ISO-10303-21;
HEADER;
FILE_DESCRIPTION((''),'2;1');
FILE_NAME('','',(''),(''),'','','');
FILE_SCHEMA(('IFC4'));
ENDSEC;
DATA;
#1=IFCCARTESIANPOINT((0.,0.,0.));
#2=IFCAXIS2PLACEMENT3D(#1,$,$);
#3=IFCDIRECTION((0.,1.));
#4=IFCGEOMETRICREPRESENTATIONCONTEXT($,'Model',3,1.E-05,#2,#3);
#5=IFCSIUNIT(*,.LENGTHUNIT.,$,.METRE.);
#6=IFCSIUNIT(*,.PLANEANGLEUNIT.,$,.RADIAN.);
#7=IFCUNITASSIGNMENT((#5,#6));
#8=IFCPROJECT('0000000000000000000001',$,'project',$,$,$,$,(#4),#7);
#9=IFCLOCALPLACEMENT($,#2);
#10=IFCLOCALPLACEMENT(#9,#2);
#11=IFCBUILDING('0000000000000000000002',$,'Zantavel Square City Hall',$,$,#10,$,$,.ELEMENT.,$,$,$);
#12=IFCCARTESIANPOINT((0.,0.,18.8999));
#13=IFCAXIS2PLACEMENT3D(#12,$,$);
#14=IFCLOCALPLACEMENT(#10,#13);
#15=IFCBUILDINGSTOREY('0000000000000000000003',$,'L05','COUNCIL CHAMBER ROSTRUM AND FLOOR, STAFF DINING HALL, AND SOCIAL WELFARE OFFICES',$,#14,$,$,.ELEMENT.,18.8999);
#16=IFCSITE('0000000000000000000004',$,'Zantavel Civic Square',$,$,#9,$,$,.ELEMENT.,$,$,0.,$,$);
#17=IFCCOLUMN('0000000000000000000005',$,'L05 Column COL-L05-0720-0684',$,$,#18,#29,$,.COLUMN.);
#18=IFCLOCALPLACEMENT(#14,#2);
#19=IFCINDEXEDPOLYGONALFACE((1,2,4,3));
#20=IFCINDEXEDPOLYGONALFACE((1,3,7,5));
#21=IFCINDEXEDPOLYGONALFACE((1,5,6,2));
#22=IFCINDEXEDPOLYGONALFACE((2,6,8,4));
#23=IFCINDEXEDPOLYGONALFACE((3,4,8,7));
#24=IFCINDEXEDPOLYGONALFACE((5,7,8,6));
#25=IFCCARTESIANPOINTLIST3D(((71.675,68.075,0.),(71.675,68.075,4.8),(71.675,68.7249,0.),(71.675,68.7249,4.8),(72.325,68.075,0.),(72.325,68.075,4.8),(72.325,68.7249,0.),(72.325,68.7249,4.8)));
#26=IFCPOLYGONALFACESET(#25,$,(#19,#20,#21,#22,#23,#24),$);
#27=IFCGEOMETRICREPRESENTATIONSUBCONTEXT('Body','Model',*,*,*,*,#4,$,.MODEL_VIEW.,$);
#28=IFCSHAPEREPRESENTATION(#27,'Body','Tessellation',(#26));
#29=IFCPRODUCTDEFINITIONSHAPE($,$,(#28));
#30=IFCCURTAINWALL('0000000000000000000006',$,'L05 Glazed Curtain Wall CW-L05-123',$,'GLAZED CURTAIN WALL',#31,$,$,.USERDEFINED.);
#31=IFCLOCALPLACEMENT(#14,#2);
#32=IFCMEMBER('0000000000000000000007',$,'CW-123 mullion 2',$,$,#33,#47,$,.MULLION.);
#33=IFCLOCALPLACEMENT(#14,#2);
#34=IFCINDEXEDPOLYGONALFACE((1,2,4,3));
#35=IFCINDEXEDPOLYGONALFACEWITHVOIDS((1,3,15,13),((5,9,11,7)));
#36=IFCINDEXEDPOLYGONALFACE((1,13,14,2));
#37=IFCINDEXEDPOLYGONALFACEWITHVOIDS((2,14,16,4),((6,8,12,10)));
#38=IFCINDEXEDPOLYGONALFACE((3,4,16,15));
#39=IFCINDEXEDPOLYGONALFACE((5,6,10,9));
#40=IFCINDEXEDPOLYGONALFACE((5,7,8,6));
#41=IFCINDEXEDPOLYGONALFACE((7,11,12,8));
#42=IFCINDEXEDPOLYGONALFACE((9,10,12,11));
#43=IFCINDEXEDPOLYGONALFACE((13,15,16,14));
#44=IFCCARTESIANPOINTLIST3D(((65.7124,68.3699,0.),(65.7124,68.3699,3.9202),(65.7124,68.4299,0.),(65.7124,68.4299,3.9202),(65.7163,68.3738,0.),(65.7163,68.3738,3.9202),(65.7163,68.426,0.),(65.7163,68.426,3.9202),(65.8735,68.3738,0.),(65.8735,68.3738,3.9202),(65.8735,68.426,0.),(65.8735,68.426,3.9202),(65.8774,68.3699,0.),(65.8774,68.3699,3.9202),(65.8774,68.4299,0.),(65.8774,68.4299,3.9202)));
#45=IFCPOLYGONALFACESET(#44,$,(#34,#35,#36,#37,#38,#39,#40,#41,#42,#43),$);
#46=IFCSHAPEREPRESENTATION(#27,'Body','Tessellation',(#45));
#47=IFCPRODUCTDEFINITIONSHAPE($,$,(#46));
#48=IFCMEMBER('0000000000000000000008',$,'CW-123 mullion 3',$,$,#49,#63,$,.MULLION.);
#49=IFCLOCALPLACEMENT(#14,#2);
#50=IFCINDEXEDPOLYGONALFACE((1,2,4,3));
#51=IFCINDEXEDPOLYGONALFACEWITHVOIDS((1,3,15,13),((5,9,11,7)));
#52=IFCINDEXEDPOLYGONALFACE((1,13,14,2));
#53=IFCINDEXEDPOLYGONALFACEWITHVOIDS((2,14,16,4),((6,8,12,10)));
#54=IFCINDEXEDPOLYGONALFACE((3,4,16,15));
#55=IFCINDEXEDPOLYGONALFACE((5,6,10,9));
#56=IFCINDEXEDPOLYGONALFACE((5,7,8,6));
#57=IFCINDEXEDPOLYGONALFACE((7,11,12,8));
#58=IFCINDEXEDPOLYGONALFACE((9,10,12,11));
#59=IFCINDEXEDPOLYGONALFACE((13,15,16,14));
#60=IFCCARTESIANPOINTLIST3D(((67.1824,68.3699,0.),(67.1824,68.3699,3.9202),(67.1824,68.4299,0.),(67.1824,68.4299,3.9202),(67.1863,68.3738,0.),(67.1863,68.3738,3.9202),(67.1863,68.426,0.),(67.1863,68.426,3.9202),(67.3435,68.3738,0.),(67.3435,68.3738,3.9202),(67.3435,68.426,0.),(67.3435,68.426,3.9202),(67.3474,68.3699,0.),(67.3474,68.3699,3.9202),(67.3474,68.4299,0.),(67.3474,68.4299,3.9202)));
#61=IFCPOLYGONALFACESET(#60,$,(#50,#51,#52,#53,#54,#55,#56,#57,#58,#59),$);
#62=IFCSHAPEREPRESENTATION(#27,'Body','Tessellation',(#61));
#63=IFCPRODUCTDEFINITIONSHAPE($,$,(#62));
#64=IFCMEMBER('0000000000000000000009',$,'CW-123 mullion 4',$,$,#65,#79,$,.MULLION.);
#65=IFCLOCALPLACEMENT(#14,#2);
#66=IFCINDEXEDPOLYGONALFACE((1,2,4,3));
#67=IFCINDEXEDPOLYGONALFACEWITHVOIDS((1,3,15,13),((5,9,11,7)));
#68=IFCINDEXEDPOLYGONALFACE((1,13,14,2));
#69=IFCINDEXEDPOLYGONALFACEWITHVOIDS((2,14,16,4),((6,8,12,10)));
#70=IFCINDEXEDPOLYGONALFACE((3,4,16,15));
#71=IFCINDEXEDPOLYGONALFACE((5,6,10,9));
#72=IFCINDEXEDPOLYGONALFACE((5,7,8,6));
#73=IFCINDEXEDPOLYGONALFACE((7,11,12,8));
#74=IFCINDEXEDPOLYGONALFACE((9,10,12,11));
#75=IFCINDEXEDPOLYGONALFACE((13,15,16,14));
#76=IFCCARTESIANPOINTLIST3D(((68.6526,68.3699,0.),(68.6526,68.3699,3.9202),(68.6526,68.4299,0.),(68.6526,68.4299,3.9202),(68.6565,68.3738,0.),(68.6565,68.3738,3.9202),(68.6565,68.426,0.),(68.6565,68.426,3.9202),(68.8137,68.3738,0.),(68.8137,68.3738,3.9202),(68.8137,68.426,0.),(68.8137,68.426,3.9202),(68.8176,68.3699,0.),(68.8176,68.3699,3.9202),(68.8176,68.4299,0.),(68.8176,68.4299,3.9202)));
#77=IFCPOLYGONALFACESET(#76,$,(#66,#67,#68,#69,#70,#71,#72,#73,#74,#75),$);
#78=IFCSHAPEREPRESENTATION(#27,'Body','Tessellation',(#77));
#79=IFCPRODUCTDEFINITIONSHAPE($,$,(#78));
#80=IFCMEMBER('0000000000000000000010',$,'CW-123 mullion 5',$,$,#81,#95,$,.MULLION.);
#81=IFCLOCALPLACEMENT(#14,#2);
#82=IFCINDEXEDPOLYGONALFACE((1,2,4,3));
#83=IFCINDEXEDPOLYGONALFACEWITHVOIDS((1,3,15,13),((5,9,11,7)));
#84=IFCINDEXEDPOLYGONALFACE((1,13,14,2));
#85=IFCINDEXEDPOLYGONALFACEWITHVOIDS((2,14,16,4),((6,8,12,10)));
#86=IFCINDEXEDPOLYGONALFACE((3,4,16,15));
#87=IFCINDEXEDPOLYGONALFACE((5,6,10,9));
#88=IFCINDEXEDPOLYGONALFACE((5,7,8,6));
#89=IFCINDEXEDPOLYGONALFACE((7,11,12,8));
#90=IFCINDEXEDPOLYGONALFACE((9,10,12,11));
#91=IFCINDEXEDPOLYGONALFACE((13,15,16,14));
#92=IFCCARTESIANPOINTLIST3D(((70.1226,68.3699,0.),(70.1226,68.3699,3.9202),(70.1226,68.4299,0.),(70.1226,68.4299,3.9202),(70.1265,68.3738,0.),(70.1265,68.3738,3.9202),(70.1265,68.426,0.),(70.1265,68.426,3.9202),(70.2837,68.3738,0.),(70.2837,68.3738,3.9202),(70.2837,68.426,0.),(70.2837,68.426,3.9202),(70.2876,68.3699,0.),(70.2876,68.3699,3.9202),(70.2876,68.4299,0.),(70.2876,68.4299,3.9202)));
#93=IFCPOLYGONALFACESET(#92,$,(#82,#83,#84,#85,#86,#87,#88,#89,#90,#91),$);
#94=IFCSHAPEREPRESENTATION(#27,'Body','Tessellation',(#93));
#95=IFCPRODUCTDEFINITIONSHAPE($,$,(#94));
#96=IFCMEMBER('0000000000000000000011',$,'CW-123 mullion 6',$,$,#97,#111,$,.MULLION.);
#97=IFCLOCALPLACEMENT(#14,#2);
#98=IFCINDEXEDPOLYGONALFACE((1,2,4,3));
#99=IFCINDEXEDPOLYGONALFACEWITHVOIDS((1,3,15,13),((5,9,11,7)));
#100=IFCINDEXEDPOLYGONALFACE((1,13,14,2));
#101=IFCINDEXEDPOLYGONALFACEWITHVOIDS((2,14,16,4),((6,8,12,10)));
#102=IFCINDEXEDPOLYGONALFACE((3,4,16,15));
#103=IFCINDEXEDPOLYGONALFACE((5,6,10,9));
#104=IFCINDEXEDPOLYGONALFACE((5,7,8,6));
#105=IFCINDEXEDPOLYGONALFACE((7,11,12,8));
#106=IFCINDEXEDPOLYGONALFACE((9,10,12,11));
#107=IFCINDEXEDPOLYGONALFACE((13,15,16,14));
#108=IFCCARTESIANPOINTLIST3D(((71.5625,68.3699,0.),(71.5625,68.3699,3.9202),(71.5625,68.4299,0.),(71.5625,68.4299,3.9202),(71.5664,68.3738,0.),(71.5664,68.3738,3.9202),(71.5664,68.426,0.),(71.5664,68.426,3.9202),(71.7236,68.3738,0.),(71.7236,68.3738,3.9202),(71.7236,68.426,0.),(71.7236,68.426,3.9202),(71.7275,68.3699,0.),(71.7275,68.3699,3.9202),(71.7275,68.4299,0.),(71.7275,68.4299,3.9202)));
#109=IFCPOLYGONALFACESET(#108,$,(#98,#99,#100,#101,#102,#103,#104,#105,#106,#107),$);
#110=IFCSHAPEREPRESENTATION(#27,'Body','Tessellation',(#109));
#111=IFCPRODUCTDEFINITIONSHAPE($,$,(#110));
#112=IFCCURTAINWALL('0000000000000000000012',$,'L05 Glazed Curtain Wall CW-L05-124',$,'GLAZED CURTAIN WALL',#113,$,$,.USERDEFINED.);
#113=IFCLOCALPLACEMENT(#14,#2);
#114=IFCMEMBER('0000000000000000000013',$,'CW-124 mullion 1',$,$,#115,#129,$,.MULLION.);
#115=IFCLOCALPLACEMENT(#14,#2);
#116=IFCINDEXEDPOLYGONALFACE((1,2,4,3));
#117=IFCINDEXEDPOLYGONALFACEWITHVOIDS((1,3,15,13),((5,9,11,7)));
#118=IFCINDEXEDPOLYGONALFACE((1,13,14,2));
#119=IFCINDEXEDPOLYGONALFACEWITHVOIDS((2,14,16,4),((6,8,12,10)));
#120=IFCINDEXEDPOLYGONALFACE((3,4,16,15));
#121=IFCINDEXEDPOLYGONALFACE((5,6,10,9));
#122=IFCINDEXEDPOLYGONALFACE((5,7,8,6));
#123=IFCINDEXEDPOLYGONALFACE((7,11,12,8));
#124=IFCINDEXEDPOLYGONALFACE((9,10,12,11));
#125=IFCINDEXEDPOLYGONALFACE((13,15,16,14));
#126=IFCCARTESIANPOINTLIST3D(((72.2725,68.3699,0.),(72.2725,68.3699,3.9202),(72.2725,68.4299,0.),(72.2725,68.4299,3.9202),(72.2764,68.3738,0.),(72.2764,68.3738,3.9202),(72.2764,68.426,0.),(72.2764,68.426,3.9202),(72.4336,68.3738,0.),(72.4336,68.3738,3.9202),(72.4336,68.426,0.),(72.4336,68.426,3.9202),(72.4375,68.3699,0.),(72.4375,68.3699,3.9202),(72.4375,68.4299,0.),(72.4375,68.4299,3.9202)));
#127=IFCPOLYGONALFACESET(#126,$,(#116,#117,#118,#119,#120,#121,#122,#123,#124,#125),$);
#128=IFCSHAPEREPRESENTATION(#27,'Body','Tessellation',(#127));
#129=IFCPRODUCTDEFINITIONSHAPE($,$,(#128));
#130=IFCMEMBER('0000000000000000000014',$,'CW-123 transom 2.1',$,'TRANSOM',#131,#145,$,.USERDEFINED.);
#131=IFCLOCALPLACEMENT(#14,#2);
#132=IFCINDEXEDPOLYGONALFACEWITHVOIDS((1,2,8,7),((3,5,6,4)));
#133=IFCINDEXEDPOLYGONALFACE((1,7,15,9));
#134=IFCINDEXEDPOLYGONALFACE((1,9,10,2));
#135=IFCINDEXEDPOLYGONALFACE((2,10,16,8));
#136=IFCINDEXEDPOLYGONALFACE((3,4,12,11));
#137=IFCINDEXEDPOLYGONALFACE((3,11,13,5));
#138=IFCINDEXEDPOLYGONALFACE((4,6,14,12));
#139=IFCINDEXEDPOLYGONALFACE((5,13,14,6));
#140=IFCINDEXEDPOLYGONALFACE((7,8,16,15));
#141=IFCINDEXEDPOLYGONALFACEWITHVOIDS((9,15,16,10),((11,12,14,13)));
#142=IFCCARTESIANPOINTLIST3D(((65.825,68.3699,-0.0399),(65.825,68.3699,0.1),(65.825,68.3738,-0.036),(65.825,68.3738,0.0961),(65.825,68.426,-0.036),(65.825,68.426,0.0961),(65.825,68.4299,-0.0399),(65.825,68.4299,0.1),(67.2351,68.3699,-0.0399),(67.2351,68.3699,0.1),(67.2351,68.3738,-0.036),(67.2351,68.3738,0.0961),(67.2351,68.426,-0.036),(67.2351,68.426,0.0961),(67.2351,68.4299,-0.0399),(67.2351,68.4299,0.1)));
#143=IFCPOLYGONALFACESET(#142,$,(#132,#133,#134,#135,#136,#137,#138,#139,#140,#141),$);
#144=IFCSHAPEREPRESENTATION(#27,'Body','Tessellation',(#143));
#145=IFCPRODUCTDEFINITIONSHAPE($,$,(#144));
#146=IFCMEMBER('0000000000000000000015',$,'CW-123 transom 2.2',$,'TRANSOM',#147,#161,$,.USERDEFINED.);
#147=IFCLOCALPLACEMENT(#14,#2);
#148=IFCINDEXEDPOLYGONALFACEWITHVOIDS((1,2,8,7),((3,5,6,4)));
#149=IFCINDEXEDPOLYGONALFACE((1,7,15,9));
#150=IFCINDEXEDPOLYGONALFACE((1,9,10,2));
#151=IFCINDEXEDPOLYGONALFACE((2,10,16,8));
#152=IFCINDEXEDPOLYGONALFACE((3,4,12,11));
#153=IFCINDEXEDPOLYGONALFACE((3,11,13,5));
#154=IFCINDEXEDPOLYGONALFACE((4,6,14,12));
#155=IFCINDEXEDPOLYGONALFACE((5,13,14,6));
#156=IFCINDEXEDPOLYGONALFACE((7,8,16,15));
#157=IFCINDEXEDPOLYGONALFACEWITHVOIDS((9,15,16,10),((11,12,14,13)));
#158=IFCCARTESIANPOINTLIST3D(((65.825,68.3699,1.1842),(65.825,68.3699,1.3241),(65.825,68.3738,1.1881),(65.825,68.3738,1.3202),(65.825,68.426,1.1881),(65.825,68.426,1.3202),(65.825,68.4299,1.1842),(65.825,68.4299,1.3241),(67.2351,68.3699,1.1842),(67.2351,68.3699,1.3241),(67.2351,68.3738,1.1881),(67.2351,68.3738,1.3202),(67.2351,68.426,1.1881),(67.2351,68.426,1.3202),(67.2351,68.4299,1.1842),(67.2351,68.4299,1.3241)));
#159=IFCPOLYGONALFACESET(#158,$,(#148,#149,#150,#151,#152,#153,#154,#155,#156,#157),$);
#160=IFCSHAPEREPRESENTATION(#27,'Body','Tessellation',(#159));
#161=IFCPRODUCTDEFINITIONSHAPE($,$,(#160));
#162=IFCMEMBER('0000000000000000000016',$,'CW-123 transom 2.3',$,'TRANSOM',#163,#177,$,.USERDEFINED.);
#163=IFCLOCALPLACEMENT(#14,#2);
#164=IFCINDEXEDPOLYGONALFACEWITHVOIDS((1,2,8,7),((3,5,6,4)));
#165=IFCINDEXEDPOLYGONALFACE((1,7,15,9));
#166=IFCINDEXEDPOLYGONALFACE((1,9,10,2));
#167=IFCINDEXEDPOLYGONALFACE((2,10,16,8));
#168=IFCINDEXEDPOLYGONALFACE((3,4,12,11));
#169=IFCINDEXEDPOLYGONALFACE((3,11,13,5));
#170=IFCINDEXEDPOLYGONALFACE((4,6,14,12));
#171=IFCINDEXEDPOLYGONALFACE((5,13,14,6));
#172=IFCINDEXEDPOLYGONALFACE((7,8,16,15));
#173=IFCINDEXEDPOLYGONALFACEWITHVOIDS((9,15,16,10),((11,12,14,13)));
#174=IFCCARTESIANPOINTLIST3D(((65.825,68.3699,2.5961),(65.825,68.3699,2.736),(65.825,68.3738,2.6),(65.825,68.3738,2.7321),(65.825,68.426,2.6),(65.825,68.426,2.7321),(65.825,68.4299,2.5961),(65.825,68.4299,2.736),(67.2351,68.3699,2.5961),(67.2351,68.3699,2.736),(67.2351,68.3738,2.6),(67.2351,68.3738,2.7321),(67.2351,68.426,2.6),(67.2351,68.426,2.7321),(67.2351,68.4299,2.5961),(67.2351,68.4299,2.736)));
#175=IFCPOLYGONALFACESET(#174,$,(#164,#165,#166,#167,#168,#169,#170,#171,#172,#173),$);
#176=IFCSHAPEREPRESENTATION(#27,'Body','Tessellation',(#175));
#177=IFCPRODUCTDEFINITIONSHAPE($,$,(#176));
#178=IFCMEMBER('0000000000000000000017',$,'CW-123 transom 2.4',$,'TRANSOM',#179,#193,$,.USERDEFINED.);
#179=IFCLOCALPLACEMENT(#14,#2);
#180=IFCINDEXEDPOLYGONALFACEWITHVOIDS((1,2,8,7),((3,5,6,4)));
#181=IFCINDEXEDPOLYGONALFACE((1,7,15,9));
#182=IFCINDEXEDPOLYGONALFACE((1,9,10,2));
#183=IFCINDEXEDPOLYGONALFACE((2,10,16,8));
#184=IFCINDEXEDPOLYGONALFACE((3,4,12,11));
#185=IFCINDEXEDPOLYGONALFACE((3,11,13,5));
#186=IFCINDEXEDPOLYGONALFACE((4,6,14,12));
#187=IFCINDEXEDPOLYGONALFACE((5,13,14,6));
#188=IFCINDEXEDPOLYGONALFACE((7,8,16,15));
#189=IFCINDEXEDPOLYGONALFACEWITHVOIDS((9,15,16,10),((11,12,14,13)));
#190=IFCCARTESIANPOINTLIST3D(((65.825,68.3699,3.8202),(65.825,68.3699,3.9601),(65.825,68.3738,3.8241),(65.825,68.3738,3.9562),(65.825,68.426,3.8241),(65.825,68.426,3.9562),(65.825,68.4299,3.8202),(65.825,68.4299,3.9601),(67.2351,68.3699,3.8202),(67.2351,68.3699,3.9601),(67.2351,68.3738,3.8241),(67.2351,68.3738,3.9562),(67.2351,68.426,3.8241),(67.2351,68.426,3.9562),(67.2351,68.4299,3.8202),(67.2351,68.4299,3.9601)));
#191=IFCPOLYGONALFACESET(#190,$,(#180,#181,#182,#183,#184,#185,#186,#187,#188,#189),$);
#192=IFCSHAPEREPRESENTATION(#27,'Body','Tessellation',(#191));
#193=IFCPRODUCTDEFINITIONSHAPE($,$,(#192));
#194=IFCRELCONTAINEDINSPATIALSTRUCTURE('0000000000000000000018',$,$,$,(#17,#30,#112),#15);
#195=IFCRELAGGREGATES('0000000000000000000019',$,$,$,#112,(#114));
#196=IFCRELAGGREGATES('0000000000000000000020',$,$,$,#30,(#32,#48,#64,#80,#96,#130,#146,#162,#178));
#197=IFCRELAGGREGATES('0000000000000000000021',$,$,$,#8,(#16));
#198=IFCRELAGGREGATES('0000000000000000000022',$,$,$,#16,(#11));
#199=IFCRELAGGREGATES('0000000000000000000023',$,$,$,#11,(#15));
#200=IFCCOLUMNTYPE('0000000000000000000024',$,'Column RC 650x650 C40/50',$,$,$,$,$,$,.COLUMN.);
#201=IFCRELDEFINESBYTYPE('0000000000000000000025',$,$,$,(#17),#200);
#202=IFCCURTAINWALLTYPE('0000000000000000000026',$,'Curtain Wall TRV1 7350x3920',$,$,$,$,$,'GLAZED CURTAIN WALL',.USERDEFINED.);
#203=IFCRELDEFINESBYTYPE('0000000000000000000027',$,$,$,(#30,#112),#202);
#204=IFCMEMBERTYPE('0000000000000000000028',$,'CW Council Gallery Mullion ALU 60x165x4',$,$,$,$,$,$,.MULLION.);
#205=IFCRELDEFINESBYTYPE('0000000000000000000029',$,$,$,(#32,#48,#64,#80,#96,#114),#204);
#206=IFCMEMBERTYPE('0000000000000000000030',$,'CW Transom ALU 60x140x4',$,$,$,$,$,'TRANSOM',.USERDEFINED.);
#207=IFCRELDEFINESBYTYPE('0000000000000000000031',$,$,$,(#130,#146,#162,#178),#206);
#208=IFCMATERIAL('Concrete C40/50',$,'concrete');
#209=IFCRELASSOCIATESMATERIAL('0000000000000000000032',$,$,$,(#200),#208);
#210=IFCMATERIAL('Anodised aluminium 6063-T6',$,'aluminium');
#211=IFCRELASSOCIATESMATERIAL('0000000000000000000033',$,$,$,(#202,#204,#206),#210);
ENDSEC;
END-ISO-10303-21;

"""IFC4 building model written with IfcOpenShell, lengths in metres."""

from ifc_helpers import new_model, si_unit, direction, frame, origin, origin_2d, place, context, subcontext, project, spatial, rectangle, hollow_rectangle, extrude, material, material_profile, profile_set, type_object, element, aggregate, save


model = new_model("IFC4")

# Units and contexts
model_context = context("Model", 3, precision=1e-05, world=origin(), true_north=direction((0.0, 1.0)))
body_context = subcontext(model_context, "Body", "Model", "MODEL_VIEW")
ifc_project = project(units=[si_unit("LENGTHUNIT", "METRE"), si_unit("PLANEANGLEUNIT", "RADIAN")], contexts=[model_context])

# Site, building, storey
site_placement = place(None, origin())
site = spatial("IfcSite", under=ifc_project, at=site_placement, Name="Zantavel Civic Square", CompositionType="ELEMENT", RefElevation=0.0)
building_placement = place(site_placement, origin())
building = spatial("IfcBuilding", under=site, at=building_placement, Name="Zantavel Square City Hall", CompositionType="ELEMENT")
storey_placement = place(building_placement, frame((0.0, 0.0, 18.8999)))
storey = spatial("IfcBuildingStorey", under=building, at=storey_placement, Name="L05", Description="COUNCIL CHAMBER ROSTRUM AND FLOOR, STAFF DINING HALL, AND SOCIAL WELFARE OFFICES", CompositionType="ELEMENT", Elevation=18.8999)

# Column
ifc_material_1 = material(Name="Concrete C40/50", Category="concrete")
ifc_material_profile_1 = material_profile(ifc_material_1, rectangle(XDim=0.6499, YDim=0.6499, at=origin_2d()), Name="RC 650x650")
ifc_profile_set_1 = profile_set([ifc_material_profile_1], Name="Concrete C40/50")
column_type = type_object("IfcColumnType", Name="Column RC 650x650 C40/50", PredefinedType="COLUMN", material=ifc_profile_set_1)
column_placement = place(storey_placement, frame((72.0, 68.3999, 0.0), z_axis=(0.0, 0.0, 1.0), x_axis=(1.0, 0.0, 0.0)))
element("IfcColumn", 1, at=column_placement, inside=storey, type_object=column_type, Name="L05 Column COL-L05-0720-0684", PredefinedType="COLUMN", context=body_context, shape_type="SweptSolid", body=[
    extrude(rectangle(XDim=0.6499, YDim=0.6499, at=origin_2d()), origin(), (0.0, 0.0, 1.0), 4.8),
])

# Curtain wall, members
ifc_material_2 = material(Name="Anodised aluminium 6063-T6", Category="aluminium")
curtain_wall_type = type_object("IfcCurtainWallType", Name="Curtain Wall TRV1 7350x3920", ElementType="GLAZED CURTAIN WALL", PredefinedType="USERDEFINED", material=ifc_material_2)
curtain_wall_1_placement = place(storey_placement, origin())
curtain_wall_1 = element("IfcCurtainWall", 2, at=curtain_wall_1_placement, inside=storey, type_object=curtain_wall_type, Name="L05 Glazed Curtain Wall CW-L05-123", ObjectType="GLAZED CURTAIN WALL", PredefinedType="USERDEFINED")
ifc_material_profile_2 = material_profile(ifc_material_2, hollow_rectangle(XDim=0.0601, YDim=0.165, WallThickness=0.0039, at=origin_2d()), Name="ALU 60x165x4")
ifc_profile_set_2 = profile_set([ifc_material_profile_2], Name="Anodised aluminium 6063-T6")
member_type_1 = type_object("IfcMemberType", Name="CW Council Gallery Mullion ALU 60x165x4", PredefinedType="MULLION", material=ifc_profile_set_2)
member_1_placement = place(storey_placement, frame((65.7949, 68.3999, 0.0), z_axis=(0.0, 0.0, 1.0), x_axis=(0.0, 1.0, 0.0)))
member_1 = element("IfcMember", 3, at=member_1_placement, type_object=member_type_1, Name="CW-123 mullion 2", PredefinedType="MULLION", context=body_context, shape_type="SweptSolid", body=[
    extrude(hollow_rectangle(XDim=0.0601, YDim=0.165, WallThickness=0.0039, at=origin_2d()), origin(), (0.0, 0.0, 1.0), 3.9202),
])
member_2_placement = place(storey_placement, frame((67.2649, 68.3999, 0.0), z_axis=(0.0, 0.0, 1.0), x_axis=(0.0, 1.0, 0.0)))
member_2 = element("IfcMember", 4, at=member_2_placement, type_object=member_type_1, Name="CW-123 mullion 3", PredefinedType="MULLION", context=body_context, shape_type="SweptSolid", body=[
    extrude(hollow_rectangle(XDim=0.0601, YDim=0.165, WallThickness=0.0039, at=origin_2d()), origin(), (0.0, 0.0, 1.0), 3.9202),
])
member_3_placement = place(storey_placement, frame((68.7351, 68.3999, 0.0), z_axis=(0.0, 0.0, 1.0), x_axis=(0.0, 1.0, 0.0)))
member_3 = element("IfcMember", 5, at=member_3_placement, type_object=member_type_1, Name="CW-123 mullion 4", PredefinedType="MULLION", context=body_context, shape_type="SweptSolid", body=[
    extrude(hollow_rectangle(XDim=0.0601, YDim=0.165, WallThickness=0.0039, at=origin_2d()), origin(), (0.0, 0.0, 1.0), 3.9202),
])
member_4_placement = place(storey_placement, frame((70.2051, 68.3999, 0.0), z_axis=(0.0, 0.0, 1.0), x_axis=(0.0, 1.0, 0.0)))
member_4 = element("IfcMember", 6, at=member_4_placement, type_object=member_type_1, Name="CW-123 mullion 5", PredefinedType="MULLION", context=body_context, shape_type="SweptSolid", body=[
    extrude(hollow_rectangle(XDim=0.0601, YDim=0.165, WallThickness=0.0039, at=origin_2d()), origin(), (0.0, 0.0, 1.0), 3.9202),
])
member_5_placement = place(storey_placement, frame((71.645, 68.3999, 0.0), z_axis=(0.0, 0.0, 1.0), x_axis=(0.0, 1.0, 0.0)))
member_5 = element("IfcMember", 7, at=member_5_placement, type_object=member_type_1, Name="CW-123 mullion 6", PredefinedType="MULLION", context=body_context, shape_type="SweptSolid", body=[
    extrude(hollow_rectangle(XDim=0.0601, YDim=0.165, WallThickness=0.0039, at=origin_2d()), origin(), (0.0, 0.0, 1.0), 3.9202),
])

# Curtain wall, member
curtain_wall_2_placement = place(storey_placement, origin())
curtain_wall_2 = element("IfcCurtainWall", 8, at=curtain_wall_2_placement, inside=storey, type_object=curtain_wall_type, Name="L05 Glazed Curtain Wall CW-L05-124", ObjectType="GLAZED CURTAIN WALL", PredefinedType="USERDEFINED")
member_6_placement = place(storey_placement, frame((72.355, 68.3999, 0.0), z_axis=(0.0, 0.0, 1.0), x_axis=(0.0, 1.0, 0.0)))
member_6 = element("IfcMember", 9, at=member_6_placement, type_object=member_type_1, Name="CW-124 mullion 1", PredefinedType="MULLION", context=body_context, shape_type="SweptSolid", body=[
    extrude(hollow_rectangle(XDim=0.0601, YDim=0.165, WallThickness=0.0039, at=origin_2d()), origin(), (0.0, 0.0, 1.0), 3.9202),
])
aggregate(curtain_wall_2, [member_6])

# Members
ifc_material_profile_3 = material_profile(ifc_material_2, hollow_rectangle(XDim=0.0601, YDim=0.1399, WallThickness=0.0039, at=origin_2d()), Name="ALU 60x140x4")
ifc_profile_set_3 = profile_set([ifc_material_profile_3], Name="Anodised aluminium 6063-T6")
member_type_2 = type_object("IfcMemberType", Name="CW Transom ALU 60x140x4", ElementType="TRANSOM", PredefinedType="USERDEFINED", material=ifc_profile_set_3)
member_7_placement = place(storey_placement, frame((65.825, 68.3999, 0.03), z_axis=(1.0, 0.0, 0.0), x_axis=(0.0, 1.0, 0.0)))
member_7 = element("IfcMember", 10, at=member_7_placement, type_object=member_type_2, Name="CW-123 transom 2.1", ObjectType="TRANSOM", PredefinedType="USERDEFINED", context=body_context, shape_type="SweptSolid", body=[
    extrude(hollow_rectangle(XDim=0.0601, YDim=0.1399, WallThickness=0.0039, at=origin_2d()), origin(), (0.0, 0.0, 1.0), 1.4102),
])
member_8_placement = place(storey_placement, frame((65.825, 68.3999, 1.2542), z_axis=(1.0, 0.0, 0.0), x_axis=(0.0, 1.0, 0.0)))
member_8 = element("IfcMember", 11, at=member_8_placement, type_object=member_type_2, Name="CW-123 transom 2.2", ObjectType="TRANSOM", PredefinedType="USERDEFINED", context=body_context, shape_type="SweptSolid", body=[
    extrude(hollow_rectangle(XDim=0.0601, YDim=0.1399, WallThickness=0.0039, at=origin_2d()), origin(), (0.0, 0.0, 1.0), 1.4102),
])
member_9_placement = place(storey_placement, frame((65.825, 68.3999, 2.666), z_axis=(1.0, 0.0, 0.0), x_axis=(0.0, 1.0, 0.0)))
member_9 = element("IfcMember", 12, at=member_9_placement, type_object=member_type_2, Name="CW-123 transom 2.3", ObjectType="TRANSOM", PredefinedType="USERDEFINED", context=body_context, shape_type="SweptSolid", body=[
    extrude(hollow_rectangle(XDim=0.0601, YDim=0.1399, WallThickness=0.0039, at=origin_2d()), origin(), (0.0, 0.0, 1.0), 1.4102),
])
member_10_placement = place(storey_placement, frame((65.825, 68.3999, 3.8901), z_axis=(1.0, 0.0, 0.0), x_axis=(0.0, 1.0, 0.0)))
member_10 = element("IfcMember", 13, at=member_10_placement, type_object=member_type_2, Name="CW-123 transom 2.4", ObjectType="TRANSOM", PredefinedType="USERDEFINED", context=body_context, shape_type="SweptSolid", body=[
    extrude(hollow_rectangle(XDim=0.0601, YDim=0.1399, WallThickness=0.0039, at=origin_2d()), origin(), (0.0, 0.0, 1.0), 1.4102),
])

aggregate(curtain_wall_1, [member_1, member_2, member_3, member_4, member_5, member_7, member_8, member_9, member_10])

save(model, "model.ifc")
